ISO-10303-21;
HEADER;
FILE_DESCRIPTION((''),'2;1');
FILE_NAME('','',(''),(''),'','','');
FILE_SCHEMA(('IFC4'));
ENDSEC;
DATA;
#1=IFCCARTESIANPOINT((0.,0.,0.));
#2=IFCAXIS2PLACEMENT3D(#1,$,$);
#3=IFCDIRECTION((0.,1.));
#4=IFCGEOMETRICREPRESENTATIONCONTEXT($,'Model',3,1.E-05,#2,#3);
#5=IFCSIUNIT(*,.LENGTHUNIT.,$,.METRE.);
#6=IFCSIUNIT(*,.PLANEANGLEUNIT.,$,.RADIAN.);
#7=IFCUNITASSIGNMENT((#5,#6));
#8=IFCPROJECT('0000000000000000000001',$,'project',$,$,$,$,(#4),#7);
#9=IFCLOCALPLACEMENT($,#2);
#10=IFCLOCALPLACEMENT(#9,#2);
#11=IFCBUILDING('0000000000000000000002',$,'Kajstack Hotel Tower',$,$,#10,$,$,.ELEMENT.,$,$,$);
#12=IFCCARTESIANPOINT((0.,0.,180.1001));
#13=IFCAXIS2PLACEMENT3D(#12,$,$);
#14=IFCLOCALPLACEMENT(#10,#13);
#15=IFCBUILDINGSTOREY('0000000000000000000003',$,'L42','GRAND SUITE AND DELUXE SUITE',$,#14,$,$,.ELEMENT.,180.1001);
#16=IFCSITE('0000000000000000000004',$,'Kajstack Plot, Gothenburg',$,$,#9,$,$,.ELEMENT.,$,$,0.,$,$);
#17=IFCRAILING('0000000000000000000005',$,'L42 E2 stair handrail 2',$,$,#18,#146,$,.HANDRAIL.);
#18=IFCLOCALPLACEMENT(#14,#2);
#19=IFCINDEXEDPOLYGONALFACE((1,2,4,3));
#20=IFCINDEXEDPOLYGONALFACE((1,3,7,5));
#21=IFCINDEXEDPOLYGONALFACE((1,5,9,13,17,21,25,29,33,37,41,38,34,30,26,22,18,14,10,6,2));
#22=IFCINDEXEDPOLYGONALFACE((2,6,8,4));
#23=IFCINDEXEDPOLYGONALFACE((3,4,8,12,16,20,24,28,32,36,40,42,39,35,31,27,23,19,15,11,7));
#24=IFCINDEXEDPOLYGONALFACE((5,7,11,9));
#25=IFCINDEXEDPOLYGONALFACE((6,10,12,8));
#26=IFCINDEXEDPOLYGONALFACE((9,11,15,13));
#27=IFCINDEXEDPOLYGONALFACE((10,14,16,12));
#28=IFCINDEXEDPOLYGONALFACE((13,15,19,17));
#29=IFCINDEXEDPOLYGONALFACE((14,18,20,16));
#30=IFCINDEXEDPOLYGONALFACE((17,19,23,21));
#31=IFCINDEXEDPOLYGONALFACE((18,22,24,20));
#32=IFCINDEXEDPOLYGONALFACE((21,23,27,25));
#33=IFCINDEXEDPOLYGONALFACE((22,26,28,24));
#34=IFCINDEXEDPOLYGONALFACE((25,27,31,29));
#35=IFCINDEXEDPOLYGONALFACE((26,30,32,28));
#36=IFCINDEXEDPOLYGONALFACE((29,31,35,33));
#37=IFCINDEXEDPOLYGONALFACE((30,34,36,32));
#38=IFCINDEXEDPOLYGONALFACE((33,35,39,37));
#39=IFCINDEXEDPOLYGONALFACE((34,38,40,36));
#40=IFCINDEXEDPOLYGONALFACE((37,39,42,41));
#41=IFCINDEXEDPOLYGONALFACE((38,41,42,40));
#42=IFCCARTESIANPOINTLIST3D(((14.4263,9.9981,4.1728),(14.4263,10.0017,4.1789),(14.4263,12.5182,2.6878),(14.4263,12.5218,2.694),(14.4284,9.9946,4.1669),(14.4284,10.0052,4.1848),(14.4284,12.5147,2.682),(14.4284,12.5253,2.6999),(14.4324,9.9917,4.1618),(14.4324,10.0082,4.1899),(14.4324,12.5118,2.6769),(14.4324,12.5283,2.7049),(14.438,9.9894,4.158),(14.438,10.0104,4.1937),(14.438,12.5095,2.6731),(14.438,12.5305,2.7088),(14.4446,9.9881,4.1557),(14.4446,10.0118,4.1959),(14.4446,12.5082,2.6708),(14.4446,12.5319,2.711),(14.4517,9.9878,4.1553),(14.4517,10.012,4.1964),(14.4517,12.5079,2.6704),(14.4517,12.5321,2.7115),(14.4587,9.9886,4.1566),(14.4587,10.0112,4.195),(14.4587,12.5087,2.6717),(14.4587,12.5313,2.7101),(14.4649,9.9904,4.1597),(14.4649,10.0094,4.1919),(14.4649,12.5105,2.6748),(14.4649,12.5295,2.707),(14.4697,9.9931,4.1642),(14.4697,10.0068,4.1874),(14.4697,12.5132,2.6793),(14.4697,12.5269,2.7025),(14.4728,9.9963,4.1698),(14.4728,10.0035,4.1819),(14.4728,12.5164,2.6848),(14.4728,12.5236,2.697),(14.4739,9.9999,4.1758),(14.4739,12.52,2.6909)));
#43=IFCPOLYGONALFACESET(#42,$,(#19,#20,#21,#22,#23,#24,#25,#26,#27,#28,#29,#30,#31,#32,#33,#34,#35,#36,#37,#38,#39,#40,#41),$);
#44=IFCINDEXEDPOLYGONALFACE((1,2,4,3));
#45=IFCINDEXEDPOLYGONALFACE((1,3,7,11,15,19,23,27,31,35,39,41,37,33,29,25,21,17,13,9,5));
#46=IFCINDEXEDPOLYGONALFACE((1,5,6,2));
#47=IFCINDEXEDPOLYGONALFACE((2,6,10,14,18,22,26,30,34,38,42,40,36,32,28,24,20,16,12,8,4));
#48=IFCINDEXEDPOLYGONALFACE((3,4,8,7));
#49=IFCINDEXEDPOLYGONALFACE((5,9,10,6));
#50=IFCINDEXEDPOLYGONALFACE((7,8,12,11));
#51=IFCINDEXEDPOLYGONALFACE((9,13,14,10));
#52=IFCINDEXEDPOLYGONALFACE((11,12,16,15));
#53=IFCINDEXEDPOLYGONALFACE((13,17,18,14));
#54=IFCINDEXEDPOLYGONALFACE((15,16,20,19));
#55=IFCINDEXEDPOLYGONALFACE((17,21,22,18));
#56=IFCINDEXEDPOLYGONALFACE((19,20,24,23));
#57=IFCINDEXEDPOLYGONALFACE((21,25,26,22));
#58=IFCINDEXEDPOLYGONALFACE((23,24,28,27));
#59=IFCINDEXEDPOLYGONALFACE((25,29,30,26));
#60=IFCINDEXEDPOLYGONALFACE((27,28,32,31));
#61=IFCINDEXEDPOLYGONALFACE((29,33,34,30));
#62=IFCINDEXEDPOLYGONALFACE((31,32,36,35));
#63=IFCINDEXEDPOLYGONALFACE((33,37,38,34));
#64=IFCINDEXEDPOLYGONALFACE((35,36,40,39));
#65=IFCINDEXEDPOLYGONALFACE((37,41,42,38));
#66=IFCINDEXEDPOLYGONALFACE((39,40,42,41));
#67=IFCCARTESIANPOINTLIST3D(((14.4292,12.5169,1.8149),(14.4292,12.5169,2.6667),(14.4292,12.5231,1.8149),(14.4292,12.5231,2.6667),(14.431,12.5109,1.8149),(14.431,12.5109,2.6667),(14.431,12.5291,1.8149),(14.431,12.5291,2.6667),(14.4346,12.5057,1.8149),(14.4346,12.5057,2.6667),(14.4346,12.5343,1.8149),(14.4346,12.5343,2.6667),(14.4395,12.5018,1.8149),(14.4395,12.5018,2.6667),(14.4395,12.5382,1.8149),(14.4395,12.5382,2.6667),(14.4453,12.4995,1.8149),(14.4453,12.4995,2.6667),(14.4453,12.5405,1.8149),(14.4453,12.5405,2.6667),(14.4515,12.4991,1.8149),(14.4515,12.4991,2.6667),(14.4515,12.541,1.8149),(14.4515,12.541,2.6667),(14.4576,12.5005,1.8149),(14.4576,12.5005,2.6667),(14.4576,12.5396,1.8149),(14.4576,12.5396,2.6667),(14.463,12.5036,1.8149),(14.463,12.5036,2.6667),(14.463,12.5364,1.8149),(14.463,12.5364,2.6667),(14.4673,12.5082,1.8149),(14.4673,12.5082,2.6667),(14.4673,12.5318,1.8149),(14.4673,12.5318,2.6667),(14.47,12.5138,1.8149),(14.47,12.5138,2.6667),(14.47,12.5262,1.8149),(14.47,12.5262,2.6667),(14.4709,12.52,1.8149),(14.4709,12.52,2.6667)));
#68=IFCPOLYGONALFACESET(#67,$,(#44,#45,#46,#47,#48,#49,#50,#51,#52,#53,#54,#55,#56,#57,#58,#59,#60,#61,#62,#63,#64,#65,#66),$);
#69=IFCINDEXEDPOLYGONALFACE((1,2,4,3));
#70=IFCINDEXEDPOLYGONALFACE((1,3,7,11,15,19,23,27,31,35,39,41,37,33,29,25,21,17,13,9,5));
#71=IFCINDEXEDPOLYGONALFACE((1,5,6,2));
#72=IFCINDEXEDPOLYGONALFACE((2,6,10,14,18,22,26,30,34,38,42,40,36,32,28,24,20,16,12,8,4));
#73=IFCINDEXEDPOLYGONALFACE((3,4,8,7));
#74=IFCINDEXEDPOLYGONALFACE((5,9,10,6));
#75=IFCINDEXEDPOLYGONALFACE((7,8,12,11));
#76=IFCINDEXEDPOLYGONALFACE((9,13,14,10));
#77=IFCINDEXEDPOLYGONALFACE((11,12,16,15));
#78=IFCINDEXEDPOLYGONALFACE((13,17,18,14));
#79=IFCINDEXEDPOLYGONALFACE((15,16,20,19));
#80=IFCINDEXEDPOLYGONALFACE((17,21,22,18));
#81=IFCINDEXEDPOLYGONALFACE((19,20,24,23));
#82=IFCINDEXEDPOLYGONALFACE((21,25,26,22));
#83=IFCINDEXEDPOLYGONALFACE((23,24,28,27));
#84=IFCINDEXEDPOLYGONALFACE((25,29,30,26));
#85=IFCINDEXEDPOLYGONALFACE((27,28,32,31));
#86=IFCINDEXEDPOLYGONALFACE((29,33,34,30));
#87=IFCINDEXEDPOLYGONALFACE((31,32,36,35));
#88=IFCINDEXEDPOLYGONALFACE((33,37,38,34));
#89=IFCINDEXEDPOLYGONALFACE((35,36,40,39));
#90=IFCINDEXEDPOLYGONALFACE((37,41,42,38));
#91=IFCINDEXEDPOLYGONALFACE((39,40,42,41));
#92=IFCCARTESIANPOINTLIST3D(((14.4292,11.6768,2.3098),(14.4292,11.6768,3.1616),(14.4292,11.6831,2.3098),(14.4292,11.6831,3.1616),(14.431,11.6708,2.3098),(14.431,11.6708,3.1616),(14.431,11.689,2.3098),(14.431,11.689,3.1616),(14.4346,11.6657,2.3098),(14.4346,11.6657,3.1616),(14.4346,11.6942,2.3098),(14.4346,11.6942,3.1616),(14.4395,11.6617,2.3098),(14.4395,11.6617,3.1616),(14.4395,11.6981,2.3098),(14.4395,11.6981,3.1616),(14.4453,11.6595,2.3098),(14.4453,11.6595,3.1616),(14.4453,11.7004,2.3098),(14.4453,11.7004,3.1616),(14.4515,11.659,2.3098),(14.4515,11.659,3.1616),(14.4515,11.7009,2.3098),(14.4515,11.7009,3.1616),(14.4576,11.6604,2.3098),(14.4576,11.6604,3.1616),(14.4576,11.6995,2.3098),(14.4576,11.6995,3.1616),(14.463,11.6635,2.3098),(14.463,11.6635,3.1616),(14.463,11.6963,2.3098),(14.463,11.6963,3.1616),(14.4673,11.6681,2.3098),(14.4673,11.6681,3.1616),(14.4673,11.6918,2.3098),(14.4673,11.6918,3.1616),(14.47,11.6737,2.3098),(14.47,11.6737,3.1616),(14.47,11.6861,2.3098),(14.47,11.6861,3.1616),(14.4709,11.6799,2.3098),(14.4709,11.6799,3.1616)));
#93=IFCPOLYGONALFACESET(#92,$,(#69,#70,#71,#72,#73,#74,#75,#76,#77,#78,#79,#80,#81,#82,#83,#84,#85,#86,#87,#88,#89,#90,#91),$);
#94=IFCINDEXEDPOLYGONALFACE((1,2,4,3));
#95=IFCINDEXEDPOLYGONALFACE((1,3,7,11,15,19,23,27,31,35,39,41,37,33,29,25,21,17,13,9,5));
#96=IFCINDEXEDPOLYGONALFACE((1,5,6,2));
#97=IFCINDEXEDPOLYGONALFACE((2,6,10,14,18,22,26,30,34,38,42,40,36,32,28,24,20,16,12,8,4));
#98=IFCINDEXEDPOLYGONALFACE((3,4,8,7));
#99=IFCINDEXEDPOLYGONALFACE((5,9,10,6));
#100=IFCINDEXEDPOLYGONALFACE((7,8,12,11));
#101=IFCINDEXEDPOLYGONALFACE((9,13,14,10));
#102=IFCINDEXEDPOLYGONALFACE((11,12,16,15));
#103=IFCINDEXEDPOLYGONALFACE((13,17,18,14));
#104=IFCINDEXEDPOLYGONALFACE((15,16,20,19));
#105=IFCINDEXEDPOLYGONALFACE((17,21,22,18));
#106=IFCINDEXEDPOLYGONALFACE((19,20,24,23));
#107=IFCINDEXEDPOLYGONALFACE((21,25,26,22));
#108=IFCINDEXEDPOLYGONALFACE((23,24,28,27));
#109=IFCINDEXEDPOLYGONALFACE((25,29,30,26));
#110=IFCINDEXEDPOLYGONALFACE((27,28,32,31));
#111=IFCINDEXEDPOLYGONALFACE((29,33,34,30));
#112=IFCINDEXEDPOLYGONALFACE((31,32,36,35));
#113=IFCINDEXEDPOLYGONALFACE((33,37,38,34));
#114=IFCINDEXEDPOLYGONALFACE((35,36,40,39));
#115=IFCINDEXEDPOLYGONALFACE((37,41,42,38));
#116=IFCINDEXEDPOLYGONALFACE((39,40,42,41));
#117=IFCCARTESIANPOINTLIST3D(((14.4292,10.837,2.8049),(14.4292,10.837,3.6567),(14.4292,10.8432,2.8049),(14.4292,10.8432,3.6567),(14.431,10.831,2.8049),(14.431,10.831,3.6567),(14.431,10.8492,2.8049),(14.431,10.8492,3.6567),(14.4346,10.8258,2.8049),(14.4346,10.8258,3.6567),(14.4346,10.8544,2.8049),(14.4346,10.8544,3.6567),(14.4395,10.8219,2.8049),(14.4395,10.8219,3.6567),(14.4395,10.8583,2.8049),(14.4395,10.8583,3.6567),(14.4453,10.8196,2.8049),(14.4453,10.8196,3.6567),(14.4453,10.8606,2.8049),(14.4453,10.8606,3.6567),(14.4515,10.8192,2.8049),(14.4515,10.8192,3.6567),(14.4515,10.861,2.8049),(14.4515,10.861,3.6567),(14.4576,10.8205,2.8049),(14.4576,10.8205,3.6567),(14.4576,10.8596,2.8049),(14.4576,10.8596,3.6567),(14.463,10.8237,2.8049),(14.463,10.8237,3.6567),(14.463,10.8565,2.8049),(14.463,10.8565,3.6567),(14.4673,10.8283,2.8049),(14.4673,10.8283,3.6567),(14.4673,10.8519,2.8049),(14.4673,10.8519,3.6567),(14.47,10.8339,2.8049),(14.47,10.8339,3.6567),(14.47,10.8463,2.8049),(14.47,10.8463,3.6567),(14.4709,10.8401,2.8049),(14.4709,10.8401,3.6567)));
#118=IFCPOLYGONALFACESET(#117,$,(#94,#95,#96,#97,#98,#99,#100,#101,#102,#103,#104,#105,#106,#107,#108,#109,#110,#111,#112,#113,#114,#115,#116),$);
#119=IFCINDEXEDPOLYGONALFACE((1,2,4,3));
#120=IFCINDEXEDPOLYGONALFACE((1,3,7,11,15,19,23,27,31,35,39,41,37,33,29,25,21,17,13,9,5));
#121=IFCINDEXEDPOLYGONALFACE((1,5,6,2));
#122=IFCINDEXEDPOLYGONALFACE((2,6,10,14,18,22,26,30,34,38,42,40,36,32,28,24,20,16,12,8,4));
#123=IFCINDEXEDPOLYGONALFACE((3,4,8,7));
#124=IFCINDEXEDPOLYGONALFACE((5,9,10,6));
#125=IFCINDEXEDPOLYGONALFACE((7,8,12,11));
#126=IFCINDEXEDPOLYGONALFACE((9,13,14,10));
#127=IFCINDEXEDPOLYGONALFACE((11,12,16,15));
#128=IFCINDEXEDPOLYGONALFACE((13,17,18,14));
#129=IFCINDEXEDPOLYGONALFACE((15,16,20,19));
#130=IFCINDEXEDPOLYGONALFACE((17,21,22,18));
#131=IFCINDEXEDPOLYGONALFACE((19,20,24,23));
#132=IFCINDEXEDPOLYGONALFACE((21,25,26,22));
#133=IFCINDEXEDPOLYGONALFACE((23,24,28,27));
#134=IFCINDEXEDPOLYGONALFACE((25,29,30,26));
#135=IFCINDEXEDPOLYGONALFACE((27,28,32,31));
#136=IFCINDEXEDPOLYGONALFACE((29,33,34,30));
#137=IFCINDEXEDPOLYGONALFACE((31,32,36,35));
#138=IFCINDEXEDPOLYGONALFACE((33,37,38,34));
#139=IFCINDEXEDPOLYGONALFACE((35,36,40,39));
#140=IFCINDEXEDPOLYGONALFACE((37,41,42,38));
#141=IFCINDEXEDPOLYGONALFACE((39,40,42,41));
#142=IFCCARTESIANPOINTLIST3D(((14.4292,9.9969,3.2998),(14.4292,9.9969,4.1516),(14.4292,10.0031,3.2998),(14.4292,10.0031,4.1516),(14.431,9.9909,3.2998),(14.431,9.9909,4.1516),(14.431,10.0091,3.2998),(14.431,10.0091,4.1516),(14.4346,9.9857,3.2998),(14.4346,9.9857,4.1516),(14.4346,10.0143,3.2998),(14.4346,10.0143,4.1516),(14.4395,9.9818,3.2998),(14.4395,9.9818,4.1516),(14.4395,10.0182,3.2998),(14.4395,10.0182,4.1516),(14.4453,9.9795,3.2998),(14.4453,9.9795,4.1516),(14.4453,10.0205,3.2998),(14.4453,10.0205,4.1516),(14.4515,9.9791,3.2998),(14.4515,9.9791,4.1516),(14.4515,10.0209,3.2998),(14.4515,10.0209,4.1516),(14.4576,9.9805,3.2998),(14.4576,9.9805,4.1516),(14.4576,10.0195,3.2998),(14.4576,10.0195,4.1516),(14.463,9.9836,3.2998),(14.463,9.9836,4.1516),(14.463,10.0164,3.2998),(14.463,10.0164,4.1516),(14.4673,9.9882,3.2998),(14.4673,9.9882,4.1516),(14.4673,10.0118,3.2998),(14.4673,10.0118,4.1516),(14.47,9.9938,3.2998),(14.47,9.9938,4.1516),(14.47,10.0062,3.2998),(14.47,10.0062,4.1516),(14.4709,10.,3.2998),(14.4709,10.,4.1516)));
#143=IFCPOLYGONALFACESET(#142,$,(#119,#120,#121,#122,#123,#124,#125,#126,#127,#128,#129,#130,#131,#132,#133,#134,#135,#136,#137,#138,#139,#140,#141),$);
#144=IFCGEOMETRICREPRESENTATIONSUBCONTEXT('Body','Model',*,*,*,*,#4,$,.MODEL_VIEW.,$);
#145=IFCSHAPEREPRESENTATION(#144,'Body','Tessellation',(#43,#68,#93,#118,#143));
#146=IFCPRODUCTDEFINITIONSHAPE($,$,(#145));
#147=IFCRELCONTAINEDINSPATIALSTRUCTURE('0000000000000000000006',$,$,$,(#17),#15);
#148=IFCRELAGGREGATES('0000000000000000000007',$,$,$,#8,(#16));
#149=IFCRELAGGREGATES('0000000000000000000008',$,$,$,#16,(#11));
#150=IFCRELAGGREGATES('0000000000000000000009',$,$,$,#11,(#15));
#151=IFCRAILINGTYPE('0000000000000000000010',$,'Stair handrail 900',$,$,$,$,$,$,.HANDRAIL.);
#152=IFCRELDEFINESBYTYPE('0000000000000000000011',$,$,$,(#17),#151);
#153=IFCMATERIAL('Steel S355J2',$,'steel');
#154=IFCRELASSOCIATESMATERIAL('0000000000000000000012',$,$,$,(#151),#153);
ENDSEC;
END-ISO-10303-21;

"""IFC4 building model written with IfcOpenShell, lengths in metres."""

from ifc_helpers import new_model, si_unit, direction, frame, origin, origin_2d, place, context, subcontext, project, spatial, circle, extrude, material, type_object, element, save


model = new_model("IFC4")

# Units and contexts
model_context = context("Model", 3, precision=1e-05, world=origin(), true_north=direction((0.0, 1.0)))
body_context = subcontext(model_context, "Body", "Model", "MODEL_VIEW")
ifc_project = project(units=[si_unit("LENGTHUNIT", "METRE"), si_unit("PLANEANGLEUNIT", "RADIAN")], contexts=[model_context])

# Site, building, storey
site_placement = place(None, origin())
site = spatial("IfcSite", under=ifc_project, at=site_placement, Name="Kajstack Plot, Gothenburg", CompositionType="ELEMENT", RefElevation=0.0)
building_placement = place(site_placement, origin())
building = spatial("IfcBuilding", under=site, at=building_placement, Name="Kajstack Hotel Tower", CompositionType="ELEMENT")
storey_placement = place(building_placement, frame((0.0, 0.0, 180.1001)))
storey = spatial("IfcBuildingStorey", under=building, at=storey_placement, Name="L42", Description="GRAND SUITE AND DELUXE SUITE", CompositionType="ELEMENT", Elevation=180.1001)

# Railing
ifc_material_1 = material(Name="Steel S355J2", Category="steel")
railing_type = type_object("IfcRailingType", Name="Stair handrail 900", PredefinedType="HANDRAIL", material=ifc_material_1)
railing_placement = place(storey_placement, frame((14.45, 12.52, 1.8149)))
element("IfcRailing", 1, at=railing_placement, inside=storey, type_object=railing_type, Name="L42 E2 stair handrail 2", PredefinedType="HANDRAIL", context=body_context, shape_type="SweptSolid", body=[
    extrude(circle(Radius=0.0239, at=origin_2d()), frame((0.0, 0.0, 0.876), z_axis=(0.0, -0.861561, 0.507655), x_axis=(1.0, 0.0, 0.0)), (0.0, 0.0, 1.0), 2.925),
    extrude(circle(Radius=0.021, at=origin_2d()), origin(), (0.0, 0.0, 1.0), 0.8518),
    extrude(circle(Radius=0.021, at=origin_2d()), frame((0.0, -0.8401, 0.4949)), (0.0, 0.0, 1.0), 0.8518),
    extrude(circle(Radius=0.021, at=origin_2d()), frame((0.0, -1.6799, 0.99)), (0.0, 0.0, 1.0), 0.8518),
    extrude(circle(Radius=0.021, at=origin_2d()), frame((0.0, -2.52, 1.4849)), (0.0, 0.0, 1.0), 0.8518),
])

save(model, "model.ifc")
